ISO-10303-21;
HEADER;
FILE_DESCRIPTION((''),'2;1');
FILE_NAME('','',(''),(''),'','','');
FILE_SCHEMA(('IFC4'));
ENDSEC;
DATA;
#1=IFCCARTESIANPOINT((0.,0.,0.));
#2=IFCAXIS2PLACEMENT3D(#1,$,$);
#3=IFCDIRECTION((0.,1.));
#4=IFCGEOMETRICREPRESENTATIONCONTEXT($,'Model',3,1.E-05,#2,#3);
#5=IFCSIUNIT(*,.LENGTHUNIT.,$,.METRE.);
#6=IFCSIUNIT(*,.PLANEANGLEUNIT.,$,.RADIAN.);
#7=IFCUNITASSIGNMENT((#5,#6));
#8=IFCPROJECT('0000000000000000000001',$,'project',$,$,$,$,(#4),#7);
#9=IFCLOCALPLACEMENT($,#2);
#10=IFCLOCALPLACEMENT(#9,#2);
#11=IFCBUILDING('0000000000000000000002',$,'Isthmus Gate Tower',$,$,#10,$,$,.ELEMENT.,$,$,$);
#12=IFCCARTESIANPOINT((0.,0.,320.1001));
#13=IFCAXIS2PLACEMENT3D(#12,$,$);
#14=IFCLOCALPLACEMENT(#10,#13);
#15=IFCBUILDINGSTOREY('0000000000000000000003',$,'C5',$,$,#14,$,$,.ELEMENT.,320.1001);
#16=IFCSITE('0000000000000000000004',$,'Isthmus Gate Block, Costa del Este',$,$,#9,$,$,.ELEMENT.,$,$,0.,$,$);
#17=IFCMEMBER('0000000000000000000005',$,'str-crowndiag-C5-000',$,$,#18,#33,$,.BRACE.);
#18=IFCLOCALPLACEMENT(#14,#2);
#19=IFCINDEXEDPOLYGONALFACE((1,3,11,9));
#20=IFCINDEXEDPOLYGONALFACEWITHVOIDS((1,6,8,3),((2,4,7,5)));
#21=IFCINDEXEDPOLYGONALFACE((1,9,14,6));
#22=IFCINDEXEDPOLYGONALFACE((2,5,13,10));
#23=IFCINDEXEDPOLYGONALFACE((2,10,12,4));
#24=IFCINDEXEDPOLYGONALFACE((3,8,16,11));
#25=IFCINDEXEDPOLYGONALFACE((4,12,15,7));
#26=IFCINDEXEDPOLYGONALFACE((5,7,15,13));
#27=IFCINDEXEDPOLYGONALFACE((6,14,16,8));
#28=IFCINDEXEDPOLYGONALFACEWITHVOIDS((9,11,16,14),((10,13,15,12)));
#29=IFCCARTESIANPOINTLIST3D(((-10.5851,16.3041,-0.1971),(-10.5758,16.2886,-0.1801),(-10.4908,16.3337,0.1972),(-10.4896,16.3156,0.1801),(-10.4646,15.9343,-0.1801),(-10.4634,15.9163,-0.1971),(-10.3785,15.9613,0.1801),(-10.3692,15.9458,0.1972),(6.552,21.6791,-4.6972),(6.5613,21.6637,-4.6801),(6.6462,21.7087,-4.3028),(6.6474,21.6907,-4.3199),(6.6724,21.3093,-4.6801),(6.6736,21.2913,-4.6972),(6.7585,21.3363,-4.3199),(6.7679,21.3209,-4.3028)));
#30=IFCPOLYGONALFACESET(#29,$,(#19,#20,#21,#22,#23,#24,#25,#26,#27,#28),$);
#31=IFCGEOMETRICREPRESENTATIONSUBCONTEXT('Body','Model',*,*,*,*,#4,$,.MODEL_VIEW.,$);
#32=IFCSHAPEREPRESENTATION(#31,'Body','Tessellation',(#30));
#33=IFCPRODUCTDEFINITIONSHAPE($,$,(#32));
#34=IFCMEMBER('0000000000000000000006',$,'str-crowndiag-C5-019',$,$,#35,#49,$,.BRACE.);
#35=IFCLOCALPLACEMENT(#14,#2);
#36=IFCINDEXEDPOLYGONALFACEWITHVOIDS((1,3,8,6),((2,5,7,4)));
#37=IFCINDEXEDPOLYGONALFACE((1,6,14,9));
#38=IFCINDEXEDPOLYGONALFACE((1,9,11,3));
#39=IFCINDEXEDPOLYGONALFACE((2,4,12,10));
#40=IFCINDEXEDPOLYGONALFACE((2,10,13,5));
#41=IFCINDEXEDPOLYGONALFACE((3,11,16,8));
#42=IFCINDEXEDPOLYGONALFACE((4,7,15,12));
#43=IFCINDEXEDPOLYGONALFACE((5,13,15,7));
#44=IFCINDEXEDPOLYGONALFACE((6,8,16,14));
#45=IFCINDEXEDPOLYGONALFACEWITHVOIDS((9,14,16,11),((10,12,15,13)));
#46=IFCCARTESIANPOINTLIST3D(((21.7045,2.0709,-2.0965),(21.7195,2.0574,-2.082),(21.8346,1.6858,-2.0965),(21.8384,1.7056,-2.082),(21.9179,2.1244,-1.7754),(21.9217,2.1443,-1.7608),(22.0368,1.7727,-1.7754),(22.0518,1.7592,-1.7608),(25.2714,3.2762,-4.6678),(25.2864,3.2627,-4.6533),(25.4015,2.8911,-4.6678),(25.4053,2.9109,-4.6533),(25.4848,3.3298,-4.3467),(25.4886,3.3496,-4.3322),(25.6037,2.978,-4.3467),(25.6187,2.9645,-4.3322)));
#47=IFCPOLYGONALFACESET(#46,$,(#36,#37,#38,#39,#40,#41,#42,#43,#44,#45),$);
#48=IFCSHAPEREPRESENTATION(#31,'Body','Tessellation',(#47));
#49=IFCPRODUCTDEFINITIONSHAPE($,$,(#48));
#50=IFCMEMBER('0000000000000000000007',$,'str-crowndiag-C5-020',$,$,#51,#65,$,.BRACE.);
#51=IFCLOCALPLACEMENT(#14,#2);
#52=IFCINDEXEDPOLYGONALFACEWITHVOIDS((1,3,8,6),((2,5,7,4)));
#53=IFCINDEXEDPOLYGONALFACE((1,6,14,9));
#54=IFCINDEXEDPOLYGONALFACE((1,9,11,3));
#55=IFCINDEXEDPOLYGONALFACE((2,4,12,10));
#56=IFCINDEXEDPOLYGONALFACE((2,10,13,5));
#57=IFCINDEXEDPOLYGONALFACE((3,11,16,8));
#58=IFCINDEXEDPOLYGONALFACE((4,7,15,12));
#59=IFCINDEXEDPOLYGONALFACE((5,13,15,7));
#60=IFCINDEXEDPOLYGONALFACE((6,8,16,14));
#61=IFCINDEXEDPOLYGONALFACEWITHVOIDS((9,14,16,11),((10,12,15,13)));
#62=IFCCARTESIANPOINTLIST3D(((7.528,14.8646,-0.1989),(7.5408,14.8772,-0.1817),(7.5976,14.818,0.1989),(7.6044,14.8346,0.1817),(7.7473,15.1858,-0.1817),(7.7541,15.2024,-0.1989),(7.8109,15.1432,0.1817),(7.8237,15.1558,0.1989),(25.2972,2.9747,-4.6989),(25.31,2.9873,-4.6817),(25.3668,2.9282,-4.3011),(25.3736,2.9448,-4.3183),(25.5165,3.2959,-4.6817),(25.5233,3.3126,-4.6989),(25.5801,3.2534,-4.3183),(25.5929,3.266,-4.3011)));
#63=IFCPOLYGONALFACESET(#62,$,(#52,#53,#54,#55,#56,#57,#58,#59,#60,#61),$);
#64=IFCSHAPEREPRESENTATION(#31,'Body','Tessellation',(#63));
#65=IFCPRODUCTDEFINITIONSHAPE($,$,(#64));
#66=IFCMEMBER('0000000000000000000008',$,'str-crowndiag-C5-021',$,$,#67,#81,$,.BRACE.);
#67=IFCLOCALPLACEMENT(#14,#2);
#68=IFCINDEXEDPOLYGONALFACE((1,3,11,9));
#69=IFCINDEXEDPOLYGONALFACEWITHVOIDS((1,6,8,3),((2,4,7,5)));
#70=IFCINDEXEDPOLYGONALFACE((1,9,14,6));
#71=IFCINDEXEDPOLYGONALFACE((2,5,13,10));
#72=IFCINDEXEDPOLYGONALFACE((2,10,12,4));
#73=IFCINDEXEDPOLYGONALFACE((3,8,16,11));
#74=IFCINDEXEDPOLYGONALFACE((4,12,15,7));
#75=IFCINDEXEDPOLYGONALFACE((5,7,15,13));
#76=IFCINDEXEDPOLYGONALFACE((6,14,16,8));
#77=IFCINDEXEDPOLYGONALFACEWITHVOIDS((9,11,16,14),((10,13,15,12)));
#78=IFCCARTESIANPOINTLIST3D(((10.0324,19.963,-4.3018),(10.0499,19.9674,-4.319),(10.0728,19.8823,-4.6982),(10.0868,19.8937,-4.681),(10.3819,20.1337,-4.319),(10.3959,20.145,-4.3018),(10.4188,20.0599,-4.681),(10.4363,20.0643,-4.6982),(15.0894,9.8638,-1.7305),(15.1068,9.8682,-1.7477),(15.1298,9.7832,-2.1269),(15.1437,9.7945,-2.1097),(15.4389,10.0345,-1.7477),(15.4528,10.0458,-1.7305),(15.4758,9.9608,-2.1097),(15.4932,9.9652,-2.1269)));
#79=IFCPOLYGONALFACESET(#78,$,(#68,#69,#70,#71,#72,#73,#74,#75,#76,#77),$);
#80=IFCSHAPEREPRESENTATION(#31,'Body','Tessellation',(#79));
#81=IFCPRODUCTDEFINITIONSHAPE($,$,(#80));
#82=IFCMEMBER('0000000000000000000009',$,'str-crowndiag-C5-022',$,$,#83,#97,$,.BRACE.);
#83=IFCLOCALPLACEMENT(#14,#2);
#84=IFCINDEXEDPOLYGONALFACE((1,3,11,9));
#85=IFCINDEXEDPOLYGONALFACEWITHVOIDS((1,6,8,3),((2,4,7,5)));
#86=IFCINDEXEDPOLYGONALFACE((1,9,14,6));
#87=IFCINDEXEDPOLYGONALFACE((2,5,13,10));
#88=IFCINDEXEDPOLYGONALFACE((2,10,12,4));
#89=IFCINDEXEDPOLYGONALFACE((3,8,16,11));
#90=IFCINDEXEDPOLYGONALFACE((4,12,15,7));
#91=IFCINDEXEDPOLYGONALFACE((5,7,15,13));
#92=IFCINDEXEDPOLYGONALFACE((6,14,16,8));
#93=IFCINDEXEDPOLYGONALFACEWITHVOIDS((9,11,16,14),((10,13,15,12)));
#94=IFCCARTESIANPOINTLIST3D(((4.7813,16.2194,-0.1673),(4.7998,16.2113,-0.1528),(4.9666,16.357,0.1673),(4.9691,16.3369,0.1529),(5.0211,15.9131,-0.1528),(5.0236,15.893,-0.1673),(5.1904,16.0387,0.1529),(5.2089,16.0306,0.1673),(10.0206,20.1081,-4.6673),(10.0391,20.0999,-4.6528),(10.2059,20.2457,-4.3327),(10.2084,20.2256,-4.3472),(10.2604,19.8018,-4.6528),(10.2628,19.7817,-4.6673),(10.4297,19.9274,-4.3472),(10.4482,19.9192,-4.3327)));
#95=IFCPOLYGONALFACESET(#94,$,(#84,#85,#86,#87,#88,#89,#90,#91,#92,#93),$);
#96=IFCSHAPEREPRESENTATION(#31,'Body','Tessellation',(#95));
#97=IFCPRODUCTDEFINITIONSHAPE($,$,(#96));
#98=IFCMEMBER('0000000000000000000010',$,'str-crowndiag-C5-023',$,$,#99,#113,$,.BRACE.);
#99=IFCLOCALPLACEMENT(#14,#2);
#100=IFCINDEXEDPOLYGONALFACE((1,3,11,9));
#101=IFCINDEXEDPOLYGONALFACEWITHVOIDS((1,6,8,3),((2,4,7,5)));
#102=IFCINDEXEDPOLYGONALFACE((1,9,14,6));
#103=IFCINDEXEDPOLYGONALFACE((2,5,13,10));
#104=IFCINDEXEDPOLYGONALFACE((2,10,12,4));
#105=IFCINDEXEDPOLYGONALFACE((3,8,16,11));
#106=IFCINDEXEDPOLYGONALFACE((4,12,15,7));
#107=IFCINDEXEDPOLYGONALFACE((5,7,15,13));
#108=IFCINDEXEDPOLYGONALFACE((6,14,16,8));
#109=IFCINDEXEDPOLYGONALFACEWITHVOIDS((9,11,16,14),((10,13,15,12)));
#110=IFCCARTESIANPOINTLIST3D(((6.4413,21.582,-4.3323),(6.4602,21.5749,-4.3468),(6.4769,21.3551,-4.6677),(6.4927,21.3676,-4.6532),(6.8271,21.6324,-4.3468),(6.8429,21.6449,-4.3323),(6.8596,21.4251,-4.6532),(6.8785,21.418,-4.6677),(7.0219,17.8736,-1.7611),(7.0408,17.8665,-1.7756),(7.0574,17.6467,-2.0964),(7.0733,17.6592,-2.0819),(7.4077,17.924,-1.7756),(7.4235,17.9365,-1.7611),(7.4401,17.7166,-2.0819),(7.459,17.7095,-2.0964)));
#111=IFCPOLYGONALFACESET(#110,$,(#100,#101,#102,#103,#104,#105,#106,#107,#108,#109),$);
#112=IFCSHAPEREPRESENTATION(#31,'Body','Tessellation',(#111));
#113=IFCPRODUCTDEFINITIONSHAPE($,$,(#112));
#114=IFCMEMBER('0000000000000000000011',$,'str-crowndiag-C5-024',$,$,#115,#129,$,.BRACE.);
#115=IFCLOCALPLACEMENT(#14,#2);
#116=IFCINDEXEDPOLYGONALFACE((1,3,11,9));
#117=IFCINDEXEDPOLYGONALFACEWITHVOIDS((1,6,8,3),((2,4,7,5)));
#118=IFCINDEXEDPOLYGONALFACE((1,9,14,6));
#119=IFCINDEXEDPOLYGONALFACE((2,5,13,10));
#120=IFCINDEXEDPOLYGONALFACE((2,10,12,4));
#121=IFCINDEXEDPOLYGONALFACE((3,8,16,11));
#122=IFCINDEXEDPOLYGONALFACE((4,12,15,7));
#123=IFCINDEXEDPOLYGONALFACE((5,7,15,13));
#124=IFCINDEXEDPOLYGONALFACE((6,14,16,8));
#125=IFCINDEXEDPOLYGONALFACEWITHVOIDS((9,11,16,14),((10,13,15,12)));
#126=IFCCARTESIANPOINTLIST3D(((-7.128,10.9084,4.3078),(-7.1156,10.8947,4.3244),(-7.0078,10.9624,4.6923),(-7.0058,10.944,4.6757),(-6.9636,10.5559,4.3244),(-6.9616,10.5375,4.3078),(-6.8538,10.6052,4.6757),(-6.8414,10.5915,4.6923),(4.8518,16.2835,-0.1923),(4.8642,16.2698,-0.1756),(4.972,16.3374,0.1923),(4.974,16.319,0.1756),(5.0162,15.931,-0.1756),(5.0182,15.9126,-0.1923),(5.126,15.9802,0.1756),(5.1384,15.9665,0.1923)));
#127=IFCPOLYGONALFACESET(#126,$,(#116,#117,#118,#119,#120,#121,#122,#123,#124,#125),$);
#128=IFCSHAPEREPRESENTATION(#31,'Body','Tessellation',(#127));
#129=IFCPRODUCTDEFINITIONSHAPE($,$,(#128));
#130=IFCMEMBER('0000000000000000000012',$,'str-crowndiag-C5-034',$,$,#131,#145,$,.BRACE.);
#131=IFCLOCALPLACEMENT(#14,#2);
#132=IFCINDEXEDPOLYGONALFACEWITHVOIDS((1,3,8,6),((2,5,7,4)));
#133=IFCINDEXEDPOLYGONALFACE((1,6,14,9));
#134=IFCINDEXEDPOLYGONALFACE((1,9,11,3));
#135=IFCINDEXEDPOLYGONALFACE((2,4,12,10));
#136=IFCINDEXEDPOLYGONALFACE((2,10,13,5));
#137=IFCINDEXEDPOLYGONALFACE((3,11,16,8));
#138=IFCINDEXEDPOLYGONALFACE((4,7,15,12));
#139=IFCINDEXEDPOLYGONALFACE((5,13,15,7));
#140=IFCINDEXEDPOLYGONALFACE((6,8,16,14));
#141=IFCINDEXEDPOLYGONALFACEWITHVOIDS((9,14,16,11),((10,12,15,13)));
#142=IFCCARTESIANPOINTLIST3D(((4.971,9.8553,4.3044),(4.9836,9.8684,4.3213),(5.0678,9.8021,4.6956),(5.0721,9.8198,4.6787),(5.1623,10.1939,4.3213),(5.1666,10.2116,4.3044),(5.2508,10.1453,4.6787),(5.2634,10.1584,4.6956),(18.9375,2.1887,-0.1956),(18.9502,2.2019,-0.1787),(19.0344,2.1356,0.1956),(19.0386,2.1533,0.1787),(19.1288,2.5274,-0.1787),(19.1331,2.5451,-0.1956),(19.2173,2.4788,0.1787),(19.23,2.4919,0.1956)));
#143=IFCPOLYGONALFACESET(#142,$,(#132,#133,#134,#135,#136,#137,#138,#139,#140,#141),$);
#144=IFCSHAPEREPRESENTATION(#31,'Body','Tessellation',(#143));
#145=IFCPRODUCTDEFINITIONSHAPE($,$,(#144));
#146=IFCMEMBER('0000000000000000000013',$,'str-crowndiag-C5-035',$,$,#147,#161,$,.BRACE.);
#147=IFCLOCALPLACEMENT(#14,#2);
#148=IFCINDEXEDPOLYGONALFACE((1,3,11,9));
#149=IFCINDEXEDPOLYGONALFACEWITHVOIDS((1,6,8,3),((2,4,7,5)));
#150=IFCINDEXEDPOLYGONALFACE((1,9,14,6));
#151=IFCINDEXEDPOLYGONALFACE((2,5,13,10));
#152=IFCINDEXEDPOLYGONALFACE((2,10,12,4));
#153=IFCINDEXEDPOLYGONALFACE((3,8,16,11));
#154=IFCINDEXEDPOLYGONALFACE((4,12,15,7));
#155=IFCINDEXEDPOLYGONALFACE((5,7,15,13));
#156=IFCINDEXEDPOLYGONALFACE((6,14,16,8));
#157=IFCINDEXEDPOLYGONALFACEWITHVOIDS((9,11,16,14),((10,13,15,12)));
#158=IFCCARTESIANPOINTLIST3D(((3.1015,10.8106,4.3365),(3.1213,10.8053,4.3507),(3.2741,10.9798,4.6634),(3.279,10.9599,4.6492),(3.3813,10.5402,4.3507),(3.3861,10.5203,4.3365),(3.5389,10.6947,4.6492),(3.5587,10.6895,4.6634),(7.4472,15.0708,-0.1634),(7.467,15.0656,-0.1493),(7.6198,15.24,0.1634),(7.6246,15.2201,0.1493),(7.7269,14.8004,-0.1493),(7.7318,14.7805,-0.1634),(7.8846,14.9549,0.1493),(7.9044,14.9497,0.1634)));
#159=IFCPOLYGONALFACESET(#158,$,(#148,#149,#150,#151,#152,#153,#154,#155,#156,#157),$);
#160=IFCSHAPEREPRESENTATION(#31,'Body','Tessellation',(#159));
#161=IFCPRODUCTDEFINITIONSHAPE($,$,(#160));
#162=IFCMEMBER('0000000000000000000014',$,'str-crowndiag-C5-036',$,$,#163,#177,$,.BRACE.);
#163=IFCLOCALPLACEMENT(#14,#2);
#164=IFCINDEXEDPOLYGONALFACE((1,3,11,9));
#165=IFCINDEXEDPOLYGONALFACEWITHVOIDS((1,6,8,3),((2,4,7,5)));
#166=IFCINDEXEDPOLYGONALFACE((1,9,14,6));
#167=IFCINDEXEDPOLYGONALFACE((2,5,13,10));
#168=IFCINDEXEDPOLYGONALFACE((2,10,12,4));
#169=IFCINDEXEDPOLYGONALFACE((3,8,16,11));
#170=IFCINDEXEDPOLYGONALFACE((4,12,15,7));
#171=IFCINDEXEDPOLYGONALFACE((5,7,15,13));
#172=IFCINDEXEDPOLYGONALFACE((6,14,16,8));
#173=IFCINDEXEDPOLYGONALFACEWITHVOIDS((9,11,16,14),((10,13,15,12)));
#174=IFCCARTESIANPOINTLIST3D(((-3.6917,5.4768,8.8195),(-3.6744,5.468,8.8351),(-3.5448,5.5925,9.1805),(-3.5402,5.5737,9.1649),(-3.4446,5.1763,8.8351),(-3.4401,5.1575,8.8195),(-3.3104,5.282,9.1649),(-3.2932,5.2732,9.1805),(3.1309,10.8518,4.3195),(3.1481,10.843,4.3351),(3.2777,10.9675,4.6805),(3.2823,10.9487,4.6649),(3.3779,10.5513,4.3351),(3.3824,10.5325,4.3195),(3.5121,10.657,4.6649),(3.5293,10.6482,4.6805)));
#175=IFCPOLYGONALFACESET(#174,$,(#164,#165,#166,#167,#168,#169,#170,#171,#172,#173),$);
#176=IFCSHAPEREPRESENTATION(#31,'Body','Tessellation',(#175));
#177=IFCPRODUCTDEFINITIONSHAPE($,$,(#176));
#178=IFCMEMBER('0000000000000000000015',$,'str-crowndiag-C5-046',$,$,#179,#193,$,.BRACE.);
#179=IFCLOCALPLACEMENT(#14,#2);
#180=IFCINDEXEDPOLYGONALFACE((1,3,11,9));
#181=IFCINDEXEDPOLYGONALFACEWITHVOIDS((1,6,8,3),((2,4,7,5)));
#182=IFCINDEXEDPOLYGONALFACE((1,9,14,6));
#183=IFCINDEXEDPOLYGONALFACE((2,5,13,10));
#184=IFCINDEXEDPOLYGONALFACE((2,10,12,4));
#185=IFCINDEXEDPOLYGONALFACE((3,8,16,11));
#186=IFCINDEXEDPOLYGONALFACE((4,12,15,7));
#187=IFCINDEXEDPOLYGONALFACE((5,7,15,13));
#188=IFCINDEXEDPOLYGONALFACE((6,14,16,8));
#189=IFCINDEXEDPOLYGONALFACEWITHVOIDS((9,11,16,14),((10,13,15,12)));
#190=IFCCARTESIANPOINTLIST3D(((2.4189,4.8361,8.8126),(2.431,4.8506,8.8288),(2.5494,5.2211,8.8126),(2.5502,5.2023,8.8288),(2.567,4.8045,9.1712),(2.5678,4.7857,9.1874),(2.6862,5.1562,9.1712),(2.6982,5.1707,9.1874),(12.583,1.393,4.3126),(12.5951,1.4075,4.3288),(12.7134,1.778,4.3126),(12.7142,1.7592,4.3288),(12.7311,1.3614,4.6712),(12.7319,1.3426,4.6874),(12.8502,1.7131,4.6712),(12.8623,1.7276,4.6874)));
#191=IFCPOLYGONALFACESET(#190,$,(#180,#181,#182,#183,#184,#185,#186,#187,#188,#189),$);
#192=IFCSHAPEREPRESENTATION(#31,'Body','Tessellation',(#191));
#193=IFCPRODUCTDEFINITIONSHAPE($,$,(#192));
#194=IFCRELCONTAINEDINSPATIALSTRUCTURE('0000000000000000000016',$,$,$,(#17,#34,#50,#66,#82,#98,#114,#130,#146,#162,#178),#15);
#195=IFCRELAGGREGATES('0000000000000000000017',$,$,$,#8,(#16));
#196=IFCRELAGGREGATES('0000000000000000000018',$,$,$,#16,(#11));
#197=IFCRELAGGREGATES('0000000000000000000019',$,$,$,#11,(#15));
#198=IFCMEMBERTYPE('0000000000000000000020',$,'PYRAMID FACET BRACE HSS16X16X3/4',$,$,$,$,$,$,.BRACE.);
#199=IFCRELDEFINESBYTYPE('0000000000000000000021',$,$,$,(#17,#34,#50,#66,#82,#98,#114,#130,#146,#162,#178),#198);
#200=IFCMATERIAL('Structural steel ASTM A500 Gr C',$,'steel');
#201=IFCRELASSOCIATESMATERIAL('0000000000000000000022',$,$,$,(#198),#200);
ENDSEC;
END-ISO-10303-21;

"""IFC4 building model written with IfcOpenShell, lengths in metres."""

from ifc_helpers import new_model, si_unit, direction, frame, origin, origin_2d, place, context, subcontext, project, spatial, hollow_rectangle, extrude, material, material_profile, profile_set, type_object, element, save


model = new_model("IFC4")

# Units and contexts
model_context = context("Model", 3, precision=1e-05, world=origin(), true_north=direction((0.0, 1.0)))
body_context = subcontext(model_context, "Body", "Model", "MODEL_VIEW")
ifc_project = project(units=[si_unit("LENGTHUNIT", "METRE"), si_unit("PLANEANGLEUNIT", "RADIAN")], contexts=[model_context])

# Site, building, storey
site_placement = place(None, origin())
site = spatial("IfcSite", under=ifc_project, at=site_placement, Name="Isthmus Gate Block, Costa del Este", CompositionType="ELEMENT", RefElevation=0.0)
building_placement = place(site_placement, origin())
building = spatial("IfcBuilding", under=site, at=building_placement, Name="Isthmus Gate Tower", CompositionType="ELEMENT")
storey_placement = place(building_placement, frame((0.0, 0.0, 320.1001)))
storey = spatial("IfcBuildingStorey", under=building, at=storey_placement, Name="C5", CompositionType="ELEMENT", Elevation=320.1001)

# Members
ifc_material_1 = material(Name="Structural steel ASTM A500 Gr C", Category="steel")
ifc_material_profile_1 = material_profile(ifc_material_1, hollow_rectangle(XDim=0.4065, YDim=0.4065, WallThickness=0.0176, at=origin_2d()), Name="HSS16X16X3/4")
ifc_profile_set_1 = profile_set([ifc_material_profile_1], Name="Structural steel ASTM A500 Gr C")
member_type = type_object("IfcMemberType", Name="PYRAMID FACET BRACE HSS16X16X3/4", PredefinedType="BRACE", material=ifc_profile_set_1)
member_1_placement = place(storey_placement, frame((6.6599, 21.5, -4.5), z_axis=(-0.925557, -0.290301, 0.243042), x_axis=(0.299274, -0.954167, 0.0)))
element("IfcMember", 1, at=member_1_placement, inside=storey, type_object=member_type, Name="str-crowndiag-C5-000", PredefinedType="BRACE", context=body_context, shape_type="SweptSolid", body=[
    extrude(hollow_rectangle(XDim=0.4065, YDim=0.4065, WallThickness=0.0176, at=origin_2d()), origin(), (0.0, 0.0, 1.0), 18.5154),
])
member_2_placement = place(storey_placement, frame((25.4451, 3.1204, -4.5), z_axis=(-0.782337, -0.264367, 0.563968), x_axis=(0.320135, -0.947372, 0.0)))
element("IfcMember", 2, at=member_2_placement, inside=storey, type_object=member_type, Name="str-crowndiag-C5-019", PredefinedType="BRACE", context=body_context, shape_type="SweptSolid", body=[
    extrude(hollow_rectangle(XDim=0.4065, YDim=0.4065, WallThickness=0.0176, at=origin_2d()), origin(), (0.0, 0.0, 1.0), 4.5593),
])
member_3_placement = place(storey_placement, frame((25.4451, 3.1204, -4.5), z_axis=(-0.813287, 0.544191, 0.205962), x_axis=(-0.556114, -0.831106, 0.0)))
element("IfcMember", 3, at=member_3_placement, inside=storey, type_object=member_type, Name="str-crowndiag-C5-020", PredefinedType="BRACE", context=body_context, shape_type="SweptSolid", body=[
    extrude(hollow_rectangle(XDim=0.4065, YDim=0.4065, WallThickness=0.0176, at=origin_2d()), origin(), (0.0, 0.0, 1.0), 21.8486),
])
member_4_placement = place(storey_placement, frame((10.2344, 20.0137, -4.5), z_axis=(0.436562, -0.871859, 0.22198), x_axis=(0.894168, 0.447732, 0.0)))
element("IfcMember", 4, at=member_4_placement, inside=storey, type_object=member_type, Name="str-crowndiag-C5-021", PredefinedType="BRACE", context=body_context, shape_type="SweptSolid", body=[
    extrude(hollow_rectangle(XDim=0.4065, YDim=0.4065, WallThickness=0.0176, at=origin_2d()), origin(), (0.0, 0.0, 1.0), 11.5835),
])
member_5_placement = place(storey_placement, frame((10.2344, 20.0137, -4.5), z_axis=(-0.661021, -0.490622, 0.567751), x_axis=(0.595993, -0.802989, 0.0)))
element("IfcMember", 5, at=member_5_placement, inside=storey, type_object=member_type, Name="str-crowndiag-C5-022", PredefinedType="BRACE", context=body_context, shape_type="SweptSolid", body=[
    extrude(hollow_rectangle(XDim=0.4065, YDim=0.4065, WallThickness=0.0176, at=origin_2d()), origin(), (0.0, 0.0, 1.0), 7.926),
])
member_6_placement = place(storey_placement, frame((6.6599, 21.5, -4.5), z_axis=(0.1276, -0.815073, 0.565132), x_axis=(0.987967, 0.154667, 0.0)))
element("IfcMember", 6, at=member_6_placement, inside=storey, type_object=member_type, Name="str-crowndiag-C5-023", PredefinedType="BRACE", context=body_context, shape_type="SweptSolid", body=[
    extrude(hollow_rectangle(XDim=0.4065, YDim=0.4065, WallThickness=0.0176, at=origin_2d()), origin(), (0.0, 0.0, 1.0), 4.5498),
])
member_7_placement = place(storey_placement, frame((4.9951, 16.125, 0.0), z_axis=(-0.863093, -0.387248, 0.324207), x_axis=(0.409359, -0.912374, 0.0)))
element("IfcMember", 7, at=member_7_placement, inside=storey, type_object=member_type, Name="str-crowndiag-C5-024", PredefinedType="BRACE", context=body_context, shape_type="SweptSolid", body=[
    extrude(hollow_rectangle(XDim=0.4065, YDim=0.4065, WallThickness=0.0176, at=origin_2d()), origin(), (0.0, 0.0, 1.0), 13.8801),
])
member_8_placement = place(storey_placement, frame((19.0837, 2.3403, 0.0), z_axis=(-0.843612, 0.463074, 0.27181), x_axis=(-0.481191, -0.876616, 0.0)))
element("IfcMember", 8, at=member_8_placement, inside=storey, type_object=member_type, Name="str-crowndiag-C5-034", PredefinedType="BRACE", context=body_context, shape_type="SweptSolid", body=[
    extrude(hollow_rectangle(XDim=0.4065, YDim=0.4065, WallThickness=0.0176, at=origin_2d()), origin(), (0.0, 0.0, 1.0), 16.5557),
])
member_9_placement = place(storey_placement, frame((7.6758, 15.0103, 0.0), z_axis=(-0.574169, -0.562879, 0.594556), x_axis=(0.700051, -0.714093, 0.0)))
element("IfcMember", 9, at=member_9_placement, inside=storey, type_object=member_type, Name="str-crowndiag-C5-035", PredefinedType="BRACE", context=body_context, shape_type="SweptSolid", body=[
    extrude(hollow_rectangle(XDim=0.4065, YDim=0.4065, WallThickness=0.0176, at=origin_2d()), origin(), (0.0, 0.0, 1.0), 7.5686),
])
member_10_placement = place(storey_placement, frame((3.3301, 10.75, 4.5), z_axis=(-0.697456, -0.549479, 0.460029), x_axis=(0.61885, -0.785509, 0.0)))
element("IfcMember", 10, at=member_10_placement, inside=storey, type_object=member_type, Name="str-crowndiag-C5-036", PredefinedType="BRACE", context=body_context, shape_type="SweptSolid", body=[
    extrude(hollow_rectangle(XDim=0.4065, YDim=0.4065, WallThickness=0.0176, at=origin_2d()), origin(), (0.0, 0.0, 1.0), 9.782),
])
member_11_placement = place(storey_placement, frame((12.7227, 1.5603, 4.5), z_axis=(-0.873448, 0.295884, 0.386707), x_axis=(-0.320845, -0.947132, 0.0)))
element("IfcMember", 11, at=member_11_placement, inside=storey, type_object=member_type, Name="str-crowndiag-C5-046", PredefinedType="BRACE", context=body_context, shape_type="SweptSolid", body=[
    extrude(hollow_rectangle(XDim=0.4065, YDim=0.4065, WallThickness=0.0176, at=origin_2d()), origin(), (0.0, 0.0, 1.0), 11.6367),
])

save(model, "model.ifc")
